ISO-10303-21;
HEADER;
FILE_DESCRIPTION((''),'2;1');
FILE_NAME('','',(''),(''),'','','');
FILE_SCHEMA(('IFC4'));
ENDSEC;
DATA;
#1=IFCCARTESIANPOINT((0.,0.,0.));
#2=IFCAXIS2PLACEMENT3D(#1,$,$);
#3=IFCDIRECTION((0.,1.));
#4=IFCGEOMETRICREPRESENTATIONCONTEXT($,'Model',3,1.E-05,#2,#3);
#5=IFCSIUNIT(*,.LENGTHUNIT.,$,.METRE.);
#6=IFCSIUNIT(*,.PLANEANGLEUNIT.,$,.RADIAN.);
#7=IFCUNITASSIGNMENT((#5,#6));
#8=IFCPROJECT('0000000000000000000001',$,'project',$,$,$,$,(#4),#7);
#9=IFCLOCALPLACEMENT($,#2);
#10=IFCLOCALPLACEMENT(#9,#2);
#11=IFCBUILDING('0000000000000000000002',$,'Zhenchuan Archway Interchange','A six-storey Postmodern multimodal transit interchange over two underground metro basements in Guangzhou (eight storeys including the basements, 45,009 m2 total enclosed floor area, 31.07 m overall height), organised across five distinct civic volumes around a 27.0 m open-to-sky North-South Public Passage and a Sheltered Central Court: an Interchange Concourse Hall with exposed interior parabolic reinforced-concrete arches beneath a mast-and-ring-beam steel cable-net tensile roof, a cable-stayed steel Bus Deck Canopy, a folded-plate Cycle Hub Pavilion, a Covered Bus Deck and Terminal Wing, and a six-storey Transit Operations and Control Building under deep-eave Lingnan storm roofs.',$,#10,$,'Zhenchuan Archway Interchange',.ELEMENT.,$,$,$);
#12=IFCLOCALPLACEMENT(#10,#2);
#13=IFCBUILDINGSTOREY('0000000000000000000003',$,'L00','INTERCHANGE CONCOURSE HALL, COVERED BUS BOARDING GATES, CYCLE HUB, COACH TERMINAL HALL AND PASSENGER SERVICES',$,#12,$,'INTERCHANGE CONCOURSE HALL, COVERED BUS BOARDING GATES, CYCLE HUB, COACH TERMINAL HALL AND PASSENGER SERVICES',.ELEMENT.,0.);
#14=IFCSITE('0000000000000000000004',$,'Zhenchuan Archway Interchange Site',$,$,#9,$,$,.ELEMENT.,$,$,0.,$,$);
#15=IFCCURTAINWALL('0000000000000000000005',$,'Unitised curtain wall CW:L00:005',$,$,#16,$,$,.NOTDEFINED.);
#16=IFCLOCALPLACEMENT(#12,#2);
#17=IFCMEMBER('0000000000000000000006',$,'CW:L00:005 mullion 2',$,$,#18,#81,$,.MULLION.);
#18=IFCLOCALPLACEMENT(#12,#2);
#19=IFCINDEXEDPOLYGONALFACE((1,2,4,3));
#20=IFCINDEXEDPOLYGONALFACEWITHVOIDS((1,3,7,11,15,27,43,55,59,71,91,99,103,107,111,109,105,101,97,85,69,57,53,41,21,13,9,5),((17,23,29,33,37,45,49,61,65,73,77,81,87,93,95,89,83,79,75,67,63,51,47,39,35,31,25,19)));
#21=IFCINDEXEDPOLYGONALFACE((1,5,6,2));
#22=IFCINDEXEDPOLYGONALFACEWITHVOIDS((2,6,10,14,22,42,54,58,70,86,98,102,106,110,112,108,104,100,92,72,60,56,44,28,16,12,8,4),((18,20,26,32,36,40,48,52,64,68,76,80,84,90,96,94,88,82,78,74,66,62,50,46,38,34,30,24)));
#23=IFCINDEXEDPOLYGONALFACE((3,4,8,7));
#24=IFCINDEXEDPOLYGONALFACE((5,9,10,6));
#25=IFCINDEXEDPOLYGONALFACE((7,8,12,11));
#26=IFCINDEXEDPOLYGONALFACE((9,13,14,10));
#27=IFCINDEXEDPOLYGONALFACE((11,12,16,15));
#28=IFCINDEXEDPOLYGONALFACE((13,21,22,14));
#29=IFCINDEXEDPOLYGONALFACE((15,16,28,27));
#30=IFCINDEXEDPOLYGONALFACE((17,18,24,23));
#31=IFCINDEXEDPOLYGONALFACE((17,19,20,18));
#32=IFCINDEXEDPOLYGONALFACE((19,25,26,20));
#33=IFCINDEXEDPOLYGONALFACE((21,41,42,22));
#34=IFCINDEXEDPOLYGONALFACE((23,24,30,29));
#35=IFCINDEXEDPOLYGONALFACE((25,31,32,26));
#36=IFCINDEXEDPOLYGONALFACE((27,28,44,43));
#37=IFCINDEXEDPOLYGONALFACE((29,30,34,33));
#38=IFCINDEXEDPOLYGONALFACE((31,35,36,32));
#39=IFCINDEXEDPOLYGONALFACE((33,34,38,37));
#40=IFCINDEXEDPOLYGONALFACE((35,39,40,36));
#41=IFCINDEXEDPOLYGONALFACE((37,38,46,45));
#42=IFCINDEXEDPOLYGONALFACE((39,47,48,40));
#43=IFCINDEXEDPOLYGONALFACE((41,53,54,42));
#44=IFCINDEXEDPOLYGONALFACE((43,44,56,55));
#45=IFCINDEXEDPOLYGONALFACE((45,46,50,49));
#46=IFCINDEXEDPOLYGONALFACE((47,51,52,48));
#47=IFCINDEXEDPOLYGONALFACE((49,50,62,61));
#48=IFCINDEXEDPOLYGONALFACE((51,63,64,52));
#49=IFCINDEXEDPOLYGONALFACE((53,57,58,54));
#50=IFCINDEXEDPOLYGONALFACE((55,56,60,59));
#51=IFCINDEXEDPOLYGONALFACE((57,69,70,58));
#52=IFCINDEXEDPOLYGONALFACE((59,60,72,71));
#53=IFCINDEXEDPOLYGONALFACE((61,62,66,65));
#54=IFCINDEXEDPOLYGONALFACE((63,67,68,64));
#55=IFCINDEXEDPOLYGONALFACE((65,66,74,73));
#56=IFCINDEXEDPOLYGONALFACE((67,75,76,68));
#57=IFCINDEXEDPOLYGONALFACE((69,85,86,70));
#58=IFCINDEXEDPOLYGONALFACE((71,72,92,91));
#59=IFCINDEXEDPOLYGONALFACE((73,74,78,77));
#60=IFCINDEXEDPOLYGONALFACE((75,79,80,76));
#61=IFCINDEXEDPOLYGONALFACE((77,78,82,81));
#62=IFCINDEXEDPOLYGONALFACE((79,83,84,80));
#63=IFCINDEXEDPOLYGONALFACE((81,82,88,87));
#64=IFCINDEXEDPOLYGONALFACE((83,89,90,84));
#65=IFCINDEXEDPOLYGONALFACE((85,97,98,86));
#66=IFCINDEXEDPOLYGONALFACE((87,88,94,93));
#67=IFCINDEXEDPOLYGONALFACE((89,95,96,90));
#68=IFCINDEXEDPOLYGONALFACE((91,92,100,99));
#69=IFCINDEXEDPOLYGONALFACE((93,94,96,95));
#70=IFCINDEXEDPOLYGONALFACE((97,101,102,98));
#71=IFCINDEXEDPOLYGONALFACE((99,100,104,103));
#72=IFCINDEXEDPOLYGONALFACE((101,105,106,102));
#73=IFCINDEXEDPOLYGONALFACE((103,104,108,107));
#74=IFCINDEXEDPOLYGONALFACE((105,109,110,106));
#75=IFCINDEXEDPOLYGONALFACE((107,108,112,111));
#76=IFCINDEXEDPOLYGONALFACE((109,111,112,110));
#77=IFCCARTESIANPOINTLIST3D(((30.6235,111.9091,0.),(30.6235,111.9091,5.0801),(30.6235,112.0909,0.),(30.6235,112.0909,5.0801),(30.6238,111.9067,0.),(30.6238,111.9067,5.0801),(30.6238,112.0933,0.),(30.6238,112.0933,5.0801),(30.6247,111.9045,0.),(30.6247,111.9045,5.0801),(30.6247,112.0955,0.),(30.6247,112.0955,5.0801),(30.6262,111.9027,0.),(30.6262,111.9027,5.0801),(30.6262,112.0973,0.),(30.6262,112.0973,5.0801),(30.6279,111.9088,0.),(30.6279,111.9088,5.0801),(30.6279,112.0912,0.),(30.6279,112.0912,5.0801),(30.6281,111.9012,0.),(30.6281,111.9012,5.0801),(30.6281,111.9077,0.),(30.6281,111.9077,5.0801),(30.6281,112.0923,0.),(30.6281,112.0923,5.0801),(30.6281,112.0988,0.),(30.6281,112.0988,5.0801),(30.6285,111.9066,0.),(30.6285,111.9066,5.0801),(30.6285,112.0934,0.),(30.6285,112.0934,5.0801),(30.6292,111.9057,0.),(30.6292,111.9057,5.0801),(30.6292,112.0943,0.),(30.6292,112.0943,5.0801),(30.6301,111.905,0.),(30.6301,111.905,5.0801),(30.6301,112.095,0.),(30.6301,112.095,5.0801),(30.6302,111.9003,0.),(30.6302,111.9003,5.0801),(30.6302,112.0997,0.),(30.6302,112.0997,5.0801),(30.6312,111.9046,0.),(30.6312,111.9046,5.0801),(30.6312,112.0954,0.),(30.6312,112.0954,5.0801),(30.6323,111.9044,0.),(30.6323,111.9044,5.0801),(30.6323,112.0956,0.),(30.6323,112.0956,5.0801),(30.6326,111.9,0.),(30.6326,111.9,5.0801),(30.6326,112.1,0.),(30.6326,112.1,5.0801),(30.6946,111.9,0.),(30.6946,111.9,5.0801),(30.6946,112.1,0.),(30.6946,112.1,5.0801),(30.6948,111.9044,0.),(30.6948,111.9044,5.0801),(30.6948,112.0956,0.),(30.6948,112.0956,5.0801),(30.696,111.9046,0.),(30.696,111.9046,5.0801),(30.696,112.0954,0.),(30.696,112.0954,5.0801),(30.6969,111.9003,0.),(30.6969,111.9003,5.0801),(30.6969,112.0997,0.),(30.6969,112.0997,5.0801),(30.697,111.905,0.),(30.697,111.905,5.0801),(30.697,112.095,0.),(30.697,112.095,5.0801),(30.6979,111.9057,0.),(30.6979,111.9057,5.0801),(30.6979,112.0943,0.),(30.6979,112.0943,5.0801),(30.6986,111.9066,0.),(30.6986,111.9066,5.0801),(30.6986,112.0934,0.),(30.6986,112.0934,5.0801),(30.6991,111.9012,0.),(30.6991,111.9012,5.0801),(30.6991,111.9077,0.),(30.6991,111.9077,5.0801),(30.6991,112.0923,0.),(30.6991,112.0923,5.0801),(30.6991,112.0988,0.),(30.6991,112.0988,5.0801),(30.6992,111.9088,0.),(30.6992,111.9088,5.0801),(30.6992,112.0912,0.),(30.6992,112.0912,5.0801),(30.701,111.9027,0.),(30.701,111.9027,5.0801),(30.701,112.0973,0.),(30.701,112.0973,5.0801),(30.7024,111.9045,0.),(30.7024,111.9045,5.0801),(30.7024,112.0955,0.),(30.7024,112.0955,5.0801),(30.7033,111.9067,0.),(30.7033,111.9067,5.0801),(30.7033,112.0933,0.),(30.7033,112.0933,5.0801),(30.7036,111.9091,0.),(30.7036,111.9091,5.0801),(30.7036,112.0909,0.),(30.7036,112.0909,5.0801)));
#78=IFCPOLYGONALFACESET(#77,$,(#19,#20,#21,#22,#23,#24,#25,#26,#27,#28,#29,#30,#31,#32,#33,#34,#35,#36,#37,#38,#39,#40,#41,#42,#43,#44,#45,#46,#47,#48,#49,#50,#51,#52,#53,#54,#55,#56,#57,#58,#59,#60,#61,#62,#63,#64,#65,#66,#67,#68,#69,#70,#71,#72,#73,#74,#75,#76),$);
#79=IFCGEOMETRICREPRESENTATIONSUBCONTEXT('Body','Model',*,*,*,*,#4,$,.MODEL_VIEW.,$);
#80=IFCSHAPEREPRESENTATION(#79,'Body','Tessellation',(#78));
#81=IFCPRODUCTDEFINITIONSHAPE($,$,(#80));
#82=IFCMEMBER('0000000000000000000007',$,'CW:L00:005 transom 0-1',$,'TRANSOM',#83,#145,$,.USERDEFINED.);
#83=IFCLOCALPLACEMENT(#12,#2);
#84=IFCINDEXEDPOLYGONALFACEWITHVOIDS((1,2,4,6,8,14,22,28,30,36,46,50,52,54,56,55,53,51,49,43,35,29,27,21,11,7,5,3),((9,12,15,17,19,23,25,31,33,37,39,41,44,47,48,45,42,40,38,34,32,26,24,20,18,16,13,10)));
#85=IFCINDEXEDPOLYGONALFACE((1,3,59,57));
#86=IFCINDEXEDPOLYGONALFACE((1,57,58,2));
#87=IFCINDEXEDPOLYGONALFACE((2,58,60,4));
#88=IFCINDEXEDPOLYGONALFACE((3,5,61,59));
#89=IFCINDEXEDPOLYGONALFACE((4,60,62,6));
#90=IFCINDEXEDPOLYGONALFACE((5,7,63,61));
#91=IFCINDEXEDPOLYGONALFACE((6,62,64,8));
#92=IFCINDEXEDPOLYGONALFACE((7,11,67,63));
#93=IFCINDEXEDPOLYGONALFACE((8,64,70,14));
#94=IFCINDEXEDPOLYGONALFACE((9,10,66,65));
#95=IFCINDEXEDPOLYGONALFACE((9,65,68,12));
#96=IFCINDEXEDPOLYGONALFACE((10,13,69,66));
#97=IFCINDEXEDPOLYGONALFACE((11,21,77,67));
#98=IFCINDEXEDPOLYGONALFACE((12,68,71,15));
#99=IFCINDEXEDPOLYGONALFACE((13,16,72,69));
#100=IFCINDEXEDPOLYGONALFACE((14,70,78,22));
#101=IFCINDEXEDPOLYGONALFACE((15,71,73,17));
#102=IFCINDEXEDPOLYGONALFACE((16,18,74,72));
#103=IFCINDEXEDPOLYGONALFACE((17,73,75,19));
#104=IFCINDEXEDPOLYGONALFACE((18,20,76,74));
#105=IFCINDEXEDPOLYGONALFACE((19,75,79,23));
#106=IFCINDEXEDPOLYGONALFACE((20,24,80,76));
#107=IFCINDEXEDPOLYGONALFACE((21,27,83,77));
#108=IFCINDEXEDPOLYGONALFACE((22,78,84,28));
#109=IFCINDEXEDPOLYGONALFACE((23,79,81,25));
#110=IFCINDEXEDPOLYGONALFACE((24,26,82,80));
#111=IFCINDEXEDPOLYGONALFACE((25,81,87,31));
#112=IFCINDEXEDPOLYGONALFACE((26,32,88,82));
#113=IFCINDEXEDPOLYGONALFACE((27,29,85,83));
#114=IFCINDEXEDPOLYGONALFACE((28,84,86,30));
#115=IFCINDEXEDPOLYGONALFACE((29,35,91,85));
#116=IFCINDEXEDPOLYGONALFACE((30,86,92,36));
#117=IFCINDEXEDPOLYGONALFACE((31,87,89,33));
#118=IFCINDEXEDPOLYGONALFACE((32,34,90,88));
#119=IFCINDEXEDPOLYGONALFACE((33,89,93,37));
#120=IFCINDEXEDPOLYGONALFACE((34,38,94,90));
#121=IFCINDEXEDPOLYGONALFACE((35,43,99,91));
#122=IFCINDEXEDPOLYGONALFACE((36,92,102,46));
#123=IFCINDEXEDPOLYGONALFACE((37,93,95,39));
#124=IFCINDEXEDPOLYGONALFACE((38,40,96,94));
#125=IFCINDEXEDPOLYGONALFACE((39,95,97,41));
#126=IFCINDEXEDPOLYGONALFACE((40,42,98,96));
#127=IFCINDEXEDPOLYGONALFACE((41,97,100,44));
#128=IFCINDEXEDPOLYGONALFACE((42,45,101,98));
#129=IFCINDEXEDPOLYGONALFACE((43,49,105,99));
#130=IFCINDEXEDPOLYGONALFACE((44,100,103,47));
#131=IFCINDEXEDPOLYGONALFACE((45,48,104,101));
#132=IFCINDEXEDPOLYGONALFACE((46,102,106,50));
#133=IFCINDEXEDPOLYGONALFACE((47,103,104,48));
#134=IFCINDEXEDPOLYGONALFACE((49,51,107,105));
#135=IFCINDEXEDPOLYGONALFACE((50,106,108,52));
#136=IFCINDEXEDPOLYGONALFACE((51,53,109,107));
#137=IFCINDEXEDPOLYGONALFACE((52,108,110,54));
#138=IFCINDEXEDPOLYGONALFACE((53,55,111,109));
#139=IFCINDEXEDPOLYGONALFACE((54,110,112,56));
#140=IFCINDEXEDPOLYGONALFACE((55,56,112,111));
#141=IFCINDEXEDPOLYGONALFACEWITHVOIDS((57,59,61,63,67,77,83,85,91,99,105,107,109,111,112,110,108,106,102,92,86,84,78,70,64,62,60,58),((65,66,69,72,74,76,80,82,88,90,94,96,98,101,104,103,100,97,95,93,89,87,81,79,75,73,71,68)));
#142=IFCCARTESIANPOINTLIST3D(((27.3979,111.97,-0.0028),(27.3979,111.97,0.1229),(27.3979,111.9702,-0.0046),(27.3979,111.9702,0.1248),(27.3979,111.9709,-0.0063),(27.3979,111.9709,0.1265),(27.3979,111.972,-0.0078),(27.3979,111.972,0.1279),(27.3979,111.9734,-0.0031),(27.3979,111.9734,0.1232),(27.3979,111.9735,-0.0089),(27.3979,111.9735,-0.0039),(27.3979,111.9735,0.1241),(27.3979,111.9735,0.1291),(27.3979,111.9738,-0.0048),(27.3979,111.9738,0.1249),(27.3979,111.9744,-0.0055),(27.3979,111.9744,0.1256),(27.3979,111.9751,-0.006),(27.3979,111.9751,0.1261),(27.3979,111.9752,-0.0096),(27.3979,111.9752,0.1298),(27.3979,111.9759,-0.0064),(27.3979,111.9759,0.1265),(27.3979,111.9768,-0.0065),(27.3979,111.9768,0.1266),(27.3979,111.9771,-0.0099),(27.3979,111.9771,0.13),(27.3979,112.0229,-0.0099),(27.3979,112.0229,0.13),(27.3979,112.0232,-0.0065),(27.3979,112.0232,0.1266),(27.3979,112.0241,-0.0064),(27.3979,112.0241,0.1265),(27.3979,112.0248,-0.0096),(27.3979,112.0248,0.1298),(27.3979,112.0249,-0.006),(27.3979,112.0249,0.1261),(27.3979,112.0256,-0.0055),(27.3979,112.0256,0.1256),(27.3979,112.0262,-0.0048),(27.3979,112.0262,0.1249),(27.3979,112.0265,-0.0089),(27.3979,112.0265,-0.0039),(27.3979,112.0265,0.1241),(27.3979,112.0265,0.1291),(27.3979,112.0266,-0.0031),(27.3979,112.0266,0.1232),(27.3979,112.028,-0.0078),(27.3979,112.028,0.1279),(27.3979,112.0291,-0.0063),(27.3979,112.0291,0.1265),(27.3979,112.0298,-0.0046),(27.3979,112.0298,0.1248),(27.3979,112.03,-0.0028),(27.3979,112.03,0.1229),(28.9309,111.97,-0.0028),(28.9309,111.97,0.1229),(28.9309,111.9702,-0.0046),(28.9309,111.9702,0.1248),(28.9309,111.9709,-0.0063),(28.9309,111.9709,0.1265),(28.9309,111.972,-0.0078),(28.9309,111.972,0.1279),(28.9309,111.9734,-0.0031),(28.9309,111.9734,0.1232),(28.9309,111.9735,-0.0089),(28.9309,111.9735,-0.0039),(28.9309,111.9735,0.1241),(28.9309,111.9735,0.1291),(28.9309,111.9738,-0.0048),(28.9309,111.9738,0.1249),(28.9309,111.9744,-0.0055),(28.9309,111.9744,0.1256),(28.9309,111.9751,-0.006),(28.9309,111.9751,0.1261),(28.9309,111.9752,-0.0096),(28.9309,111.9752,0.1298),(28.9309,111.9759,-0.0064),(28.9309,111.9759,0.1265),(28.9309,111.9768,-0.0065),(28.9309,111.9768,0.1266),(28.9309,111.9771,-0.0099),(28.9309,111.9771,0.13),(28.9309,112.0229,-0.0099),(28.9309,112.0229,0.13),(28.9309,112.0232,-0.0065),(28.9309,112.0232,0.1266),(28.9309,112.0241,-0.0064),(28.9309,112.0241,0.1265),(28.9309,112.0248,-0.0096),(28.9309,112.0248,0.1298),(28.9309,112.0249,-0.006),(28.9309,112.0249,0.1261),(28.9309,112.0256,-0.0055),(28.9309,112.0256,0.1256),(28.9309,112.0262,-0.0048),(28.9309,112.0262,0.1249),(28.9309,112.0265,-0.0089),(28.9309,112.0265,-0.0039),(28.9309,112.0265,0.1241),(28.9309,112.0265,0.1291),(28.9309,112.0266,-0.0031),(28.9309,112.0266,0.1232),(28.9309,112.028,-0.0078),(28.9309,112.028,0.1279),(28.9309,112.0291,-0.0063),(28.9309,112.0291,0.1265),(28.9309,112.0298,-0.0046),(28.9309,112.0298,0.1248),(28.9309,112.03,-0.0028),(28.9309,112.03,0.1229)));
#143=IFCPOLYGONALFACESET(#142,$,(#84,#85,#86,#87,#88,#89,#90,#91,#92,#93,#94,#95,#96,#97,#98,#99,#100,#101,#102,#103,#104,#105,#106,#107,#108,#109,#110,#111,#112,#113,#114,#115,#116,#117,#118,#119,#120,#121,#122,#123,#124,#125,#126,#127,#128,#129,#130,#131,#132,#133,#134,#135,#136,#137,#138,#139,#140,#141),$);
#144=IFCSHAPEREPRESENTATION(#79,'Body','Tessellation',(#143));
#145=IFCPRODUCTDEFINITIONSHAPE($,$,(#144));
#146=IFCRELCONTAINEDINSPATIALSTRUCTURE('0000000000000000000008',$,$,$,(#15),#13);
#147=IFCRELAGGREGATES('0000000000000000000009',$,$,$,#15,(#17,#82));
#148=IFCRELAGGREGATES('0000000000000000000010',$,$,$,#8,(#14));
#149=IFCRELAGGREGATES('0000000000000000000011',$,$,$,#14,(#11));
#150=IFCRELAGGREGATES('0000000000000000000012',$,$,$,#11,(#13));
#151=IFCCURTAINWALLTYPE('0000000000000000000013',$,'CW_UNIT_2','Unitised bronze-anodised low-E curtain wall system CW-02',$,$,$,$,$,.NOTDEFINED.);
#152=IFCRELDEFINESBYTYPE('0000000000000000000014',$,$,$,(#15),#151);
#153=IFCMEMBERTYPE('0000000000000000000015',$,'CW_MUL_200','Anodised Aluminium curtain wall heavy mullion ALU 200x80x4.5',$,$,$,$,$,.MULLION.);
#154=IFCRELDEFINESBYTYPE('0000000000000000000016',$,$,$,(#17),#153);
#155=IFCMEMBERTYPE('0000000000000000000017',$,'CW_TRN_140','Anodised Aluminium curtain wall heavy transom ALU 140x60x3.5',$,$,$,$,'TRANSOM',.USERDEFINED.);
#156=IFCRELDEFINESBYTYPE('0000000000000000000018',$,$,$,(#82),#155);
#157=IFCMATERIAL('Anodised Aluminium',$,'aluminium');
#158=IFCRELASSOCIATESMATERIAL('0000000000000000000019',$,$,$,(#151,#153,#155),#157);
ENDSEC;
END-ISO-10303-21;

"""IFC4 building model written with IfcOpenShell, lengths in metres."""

from ifc_helpers import new_model, si_unit, direction, frame, origin, origin_2d, place, context, subcontext, project, spatial, hollow_rectangle, extrude, material, material_profile, profile_set, type_object, element, aggregate, save


model = new_model("IFC4")

# Units and contexts
model_context = context("Model", 3, precision=1e-05, world=origin(), true_north=direction((0.0, 1.0)))
body_context = subcontext(model_context, "Body", "Model", "MODEL_VIEW")
ifc_project = project(units=[si_unit("LENGTHUNIT", "METRE"), si_unit("PLANEANGLEUNIT", "RADIAN")], contexts=[model_context])

# Site, building, storey
site_placement = place(None, origin())
site = spatial("IfcSite", under=ifc_project, at=site_placement, Name="Zhenchuan Archway Interchange Site", CompositionType="ELEMENT", RefElevation=0.0)
building_placement = place(site_placement, origin())
building = spatial("IfcBuilding", under=site, at=building_placement, Name="Zhenchuan Archway Interchange", Description="A six-storey Postmodern multimodal transit interchange over two underground metro basements in Guangzhou (eight storeys including the basements, 45,009 m2 total enclosed floor area, 31.07 m overall height), organised across five distinct civic volumes around a 27.0 m open-to-sky North-South Public Passage and a Sheltered Central Court: an Interchange Concourse Hall with exposed interior parabolic reinforced-concrete arches beneath a mast-and-ring-beam steel cable-net tensile roof, a cable-stayed steel Bus Deck Canopy, a folded-plate Cycle Hub Pavilion, a Covered Bus Deck and Terminal Wing, and a six-storey Transit Operations and Control Building under deep-eave Lingnan storm roofs.", LongName="Zhenchuan Archway Interchange", CompositionType="ELEMENT")
storey_placement = place(building_placement, origin())
storey = spatial("IfcBuildingStorey", under=building, at=storey_placement, Name="L00", Description="INTERCHANGE CONCOURSE HALL, COVERED BUS BOARDING GATES, CYCLE HUB, COACH TERMINAL HALL AND PASSENGER SERVICES", LongName="INTERCHANGE CONCOURSE HALL, COVERED BUS BOARDING GATES, CYCLE HUB, COACH TERMINAL HALL AND PASSENGER SERVICES", CompositionType="ELEMENT", Elevation=0.0)

# Curtain wall, members
ifc_material_1 = material(Name="Anodised Aluminium", Category="aluminium")
curtain_wall_type = type_object("IfcCurtainWallType", Name="CW_UNIT_2", Description="Unitised bronze-anodised low-E curtain wall system CW-02", PredefinedType="NOTDEFINED", material=ifc_material_1)
curtain_wall_placement = place(storey_placement, origin())
curtain_wall = element("IfcCurtainWall", 1, at=curtain_wall_placement, inside=storey, type_object=curtain_wall_type, Name="Unitised curtain wall CW:L00:005", PredefinedType="NOTDEFINED")
ifc_material_profile_1 = material_profile(ifc_material_1, hollow_rectangle(XDim=0.0801, YDim=0.2, WallThickness=0.0044, InnerFilletRadius=0.0044, OuterFilletRadius=0.009, at=origin_2d()), Name="ALU 200x80x4.5")
ifc_profile_set_1 = profile_set([ifc_material_profile_1], Name="Anodised Aluminium")
member_type_1 = type_object("IfcMemberType", Name="CW_MUL_200", Description="Anodised Aluminium curtain wall heavy mullion ALU 200x80x4.5", PredefinedType="MULLION", material=ifc_profile_set_1)
member_1_placement = place(storey_placement, frame((30.6636, 112.0, 0.0), z_axis=(0.0, 0.0, 1.0), x_axis=(1.0, 0.0, 0.0)))
member_1 = element("IfcMember", 2, at=member_1_placement, type_object=member_type_1, Name="CW:L00:005 mullion 2", PredefinedType="MULLION", context=body_context, shape_type="SweptSolid", body=[
    extrude(hollow_rectangle(XDim=0.0801, YDim=0.2, WallThickness=0.0044, InnerFilletRadius=0.0044, OuterFilletRadius=0.009, at=origin_2d()), origin(), (0.0, 0.0, 1.0), 5.0801),
])
ifc_material_profile_2 = material_profile(ifc_material_1, hollow_rectangle(XDim=0.0601, YDim=0.1399, WallThickness=0.0034, InnerFilletRadius=0.0034, OuterFilletRadius=0.0071, at=origin_2d()), Name="ALU 140x60x3.5")
ifc_profile_set_2 = profile_set([ifc_material_profile_2], Name="Anodised Aluminium")
member_type_2 = type_object("IfcMemberType", Name="CW_TRN_140", Description="Anodised Aluminium curtain wall heavy transom ALU 140x60x3.5", ElementType="TRANSOM", PredefinedType="USERDEFINED", material=ifc_profile_set_2)
member_2_placement = place(storey_placement, frame((27.3979, 112.0, 0.0601), z_axis=(1.0, 0.0, 0.0), x_axis=(0.0, 1.0, 0.0)))
member_2 = element("IfcMember", 3, at=member_2_placement, type_object=member_type_2, Name="CW:L00:005 transom 0-1", ObjectType="TRANSOM", PredefinedType="USERDEFINED", context=body_context, shape_type="SweptSolid", body=[
    extrude(hollow_rectangle(XDim=0.0601, YDim=0.1399, WallThickness=0.0034, InnerFilletRadius=0.0034, OuterFilletRadius=0.0071, at=origin_2d()), origin(), (0.0, 0.0, 1.0), 1.533),
])

aggregate(curtain_wall, [member_1, member_2])

save(model, "model.ifc")
